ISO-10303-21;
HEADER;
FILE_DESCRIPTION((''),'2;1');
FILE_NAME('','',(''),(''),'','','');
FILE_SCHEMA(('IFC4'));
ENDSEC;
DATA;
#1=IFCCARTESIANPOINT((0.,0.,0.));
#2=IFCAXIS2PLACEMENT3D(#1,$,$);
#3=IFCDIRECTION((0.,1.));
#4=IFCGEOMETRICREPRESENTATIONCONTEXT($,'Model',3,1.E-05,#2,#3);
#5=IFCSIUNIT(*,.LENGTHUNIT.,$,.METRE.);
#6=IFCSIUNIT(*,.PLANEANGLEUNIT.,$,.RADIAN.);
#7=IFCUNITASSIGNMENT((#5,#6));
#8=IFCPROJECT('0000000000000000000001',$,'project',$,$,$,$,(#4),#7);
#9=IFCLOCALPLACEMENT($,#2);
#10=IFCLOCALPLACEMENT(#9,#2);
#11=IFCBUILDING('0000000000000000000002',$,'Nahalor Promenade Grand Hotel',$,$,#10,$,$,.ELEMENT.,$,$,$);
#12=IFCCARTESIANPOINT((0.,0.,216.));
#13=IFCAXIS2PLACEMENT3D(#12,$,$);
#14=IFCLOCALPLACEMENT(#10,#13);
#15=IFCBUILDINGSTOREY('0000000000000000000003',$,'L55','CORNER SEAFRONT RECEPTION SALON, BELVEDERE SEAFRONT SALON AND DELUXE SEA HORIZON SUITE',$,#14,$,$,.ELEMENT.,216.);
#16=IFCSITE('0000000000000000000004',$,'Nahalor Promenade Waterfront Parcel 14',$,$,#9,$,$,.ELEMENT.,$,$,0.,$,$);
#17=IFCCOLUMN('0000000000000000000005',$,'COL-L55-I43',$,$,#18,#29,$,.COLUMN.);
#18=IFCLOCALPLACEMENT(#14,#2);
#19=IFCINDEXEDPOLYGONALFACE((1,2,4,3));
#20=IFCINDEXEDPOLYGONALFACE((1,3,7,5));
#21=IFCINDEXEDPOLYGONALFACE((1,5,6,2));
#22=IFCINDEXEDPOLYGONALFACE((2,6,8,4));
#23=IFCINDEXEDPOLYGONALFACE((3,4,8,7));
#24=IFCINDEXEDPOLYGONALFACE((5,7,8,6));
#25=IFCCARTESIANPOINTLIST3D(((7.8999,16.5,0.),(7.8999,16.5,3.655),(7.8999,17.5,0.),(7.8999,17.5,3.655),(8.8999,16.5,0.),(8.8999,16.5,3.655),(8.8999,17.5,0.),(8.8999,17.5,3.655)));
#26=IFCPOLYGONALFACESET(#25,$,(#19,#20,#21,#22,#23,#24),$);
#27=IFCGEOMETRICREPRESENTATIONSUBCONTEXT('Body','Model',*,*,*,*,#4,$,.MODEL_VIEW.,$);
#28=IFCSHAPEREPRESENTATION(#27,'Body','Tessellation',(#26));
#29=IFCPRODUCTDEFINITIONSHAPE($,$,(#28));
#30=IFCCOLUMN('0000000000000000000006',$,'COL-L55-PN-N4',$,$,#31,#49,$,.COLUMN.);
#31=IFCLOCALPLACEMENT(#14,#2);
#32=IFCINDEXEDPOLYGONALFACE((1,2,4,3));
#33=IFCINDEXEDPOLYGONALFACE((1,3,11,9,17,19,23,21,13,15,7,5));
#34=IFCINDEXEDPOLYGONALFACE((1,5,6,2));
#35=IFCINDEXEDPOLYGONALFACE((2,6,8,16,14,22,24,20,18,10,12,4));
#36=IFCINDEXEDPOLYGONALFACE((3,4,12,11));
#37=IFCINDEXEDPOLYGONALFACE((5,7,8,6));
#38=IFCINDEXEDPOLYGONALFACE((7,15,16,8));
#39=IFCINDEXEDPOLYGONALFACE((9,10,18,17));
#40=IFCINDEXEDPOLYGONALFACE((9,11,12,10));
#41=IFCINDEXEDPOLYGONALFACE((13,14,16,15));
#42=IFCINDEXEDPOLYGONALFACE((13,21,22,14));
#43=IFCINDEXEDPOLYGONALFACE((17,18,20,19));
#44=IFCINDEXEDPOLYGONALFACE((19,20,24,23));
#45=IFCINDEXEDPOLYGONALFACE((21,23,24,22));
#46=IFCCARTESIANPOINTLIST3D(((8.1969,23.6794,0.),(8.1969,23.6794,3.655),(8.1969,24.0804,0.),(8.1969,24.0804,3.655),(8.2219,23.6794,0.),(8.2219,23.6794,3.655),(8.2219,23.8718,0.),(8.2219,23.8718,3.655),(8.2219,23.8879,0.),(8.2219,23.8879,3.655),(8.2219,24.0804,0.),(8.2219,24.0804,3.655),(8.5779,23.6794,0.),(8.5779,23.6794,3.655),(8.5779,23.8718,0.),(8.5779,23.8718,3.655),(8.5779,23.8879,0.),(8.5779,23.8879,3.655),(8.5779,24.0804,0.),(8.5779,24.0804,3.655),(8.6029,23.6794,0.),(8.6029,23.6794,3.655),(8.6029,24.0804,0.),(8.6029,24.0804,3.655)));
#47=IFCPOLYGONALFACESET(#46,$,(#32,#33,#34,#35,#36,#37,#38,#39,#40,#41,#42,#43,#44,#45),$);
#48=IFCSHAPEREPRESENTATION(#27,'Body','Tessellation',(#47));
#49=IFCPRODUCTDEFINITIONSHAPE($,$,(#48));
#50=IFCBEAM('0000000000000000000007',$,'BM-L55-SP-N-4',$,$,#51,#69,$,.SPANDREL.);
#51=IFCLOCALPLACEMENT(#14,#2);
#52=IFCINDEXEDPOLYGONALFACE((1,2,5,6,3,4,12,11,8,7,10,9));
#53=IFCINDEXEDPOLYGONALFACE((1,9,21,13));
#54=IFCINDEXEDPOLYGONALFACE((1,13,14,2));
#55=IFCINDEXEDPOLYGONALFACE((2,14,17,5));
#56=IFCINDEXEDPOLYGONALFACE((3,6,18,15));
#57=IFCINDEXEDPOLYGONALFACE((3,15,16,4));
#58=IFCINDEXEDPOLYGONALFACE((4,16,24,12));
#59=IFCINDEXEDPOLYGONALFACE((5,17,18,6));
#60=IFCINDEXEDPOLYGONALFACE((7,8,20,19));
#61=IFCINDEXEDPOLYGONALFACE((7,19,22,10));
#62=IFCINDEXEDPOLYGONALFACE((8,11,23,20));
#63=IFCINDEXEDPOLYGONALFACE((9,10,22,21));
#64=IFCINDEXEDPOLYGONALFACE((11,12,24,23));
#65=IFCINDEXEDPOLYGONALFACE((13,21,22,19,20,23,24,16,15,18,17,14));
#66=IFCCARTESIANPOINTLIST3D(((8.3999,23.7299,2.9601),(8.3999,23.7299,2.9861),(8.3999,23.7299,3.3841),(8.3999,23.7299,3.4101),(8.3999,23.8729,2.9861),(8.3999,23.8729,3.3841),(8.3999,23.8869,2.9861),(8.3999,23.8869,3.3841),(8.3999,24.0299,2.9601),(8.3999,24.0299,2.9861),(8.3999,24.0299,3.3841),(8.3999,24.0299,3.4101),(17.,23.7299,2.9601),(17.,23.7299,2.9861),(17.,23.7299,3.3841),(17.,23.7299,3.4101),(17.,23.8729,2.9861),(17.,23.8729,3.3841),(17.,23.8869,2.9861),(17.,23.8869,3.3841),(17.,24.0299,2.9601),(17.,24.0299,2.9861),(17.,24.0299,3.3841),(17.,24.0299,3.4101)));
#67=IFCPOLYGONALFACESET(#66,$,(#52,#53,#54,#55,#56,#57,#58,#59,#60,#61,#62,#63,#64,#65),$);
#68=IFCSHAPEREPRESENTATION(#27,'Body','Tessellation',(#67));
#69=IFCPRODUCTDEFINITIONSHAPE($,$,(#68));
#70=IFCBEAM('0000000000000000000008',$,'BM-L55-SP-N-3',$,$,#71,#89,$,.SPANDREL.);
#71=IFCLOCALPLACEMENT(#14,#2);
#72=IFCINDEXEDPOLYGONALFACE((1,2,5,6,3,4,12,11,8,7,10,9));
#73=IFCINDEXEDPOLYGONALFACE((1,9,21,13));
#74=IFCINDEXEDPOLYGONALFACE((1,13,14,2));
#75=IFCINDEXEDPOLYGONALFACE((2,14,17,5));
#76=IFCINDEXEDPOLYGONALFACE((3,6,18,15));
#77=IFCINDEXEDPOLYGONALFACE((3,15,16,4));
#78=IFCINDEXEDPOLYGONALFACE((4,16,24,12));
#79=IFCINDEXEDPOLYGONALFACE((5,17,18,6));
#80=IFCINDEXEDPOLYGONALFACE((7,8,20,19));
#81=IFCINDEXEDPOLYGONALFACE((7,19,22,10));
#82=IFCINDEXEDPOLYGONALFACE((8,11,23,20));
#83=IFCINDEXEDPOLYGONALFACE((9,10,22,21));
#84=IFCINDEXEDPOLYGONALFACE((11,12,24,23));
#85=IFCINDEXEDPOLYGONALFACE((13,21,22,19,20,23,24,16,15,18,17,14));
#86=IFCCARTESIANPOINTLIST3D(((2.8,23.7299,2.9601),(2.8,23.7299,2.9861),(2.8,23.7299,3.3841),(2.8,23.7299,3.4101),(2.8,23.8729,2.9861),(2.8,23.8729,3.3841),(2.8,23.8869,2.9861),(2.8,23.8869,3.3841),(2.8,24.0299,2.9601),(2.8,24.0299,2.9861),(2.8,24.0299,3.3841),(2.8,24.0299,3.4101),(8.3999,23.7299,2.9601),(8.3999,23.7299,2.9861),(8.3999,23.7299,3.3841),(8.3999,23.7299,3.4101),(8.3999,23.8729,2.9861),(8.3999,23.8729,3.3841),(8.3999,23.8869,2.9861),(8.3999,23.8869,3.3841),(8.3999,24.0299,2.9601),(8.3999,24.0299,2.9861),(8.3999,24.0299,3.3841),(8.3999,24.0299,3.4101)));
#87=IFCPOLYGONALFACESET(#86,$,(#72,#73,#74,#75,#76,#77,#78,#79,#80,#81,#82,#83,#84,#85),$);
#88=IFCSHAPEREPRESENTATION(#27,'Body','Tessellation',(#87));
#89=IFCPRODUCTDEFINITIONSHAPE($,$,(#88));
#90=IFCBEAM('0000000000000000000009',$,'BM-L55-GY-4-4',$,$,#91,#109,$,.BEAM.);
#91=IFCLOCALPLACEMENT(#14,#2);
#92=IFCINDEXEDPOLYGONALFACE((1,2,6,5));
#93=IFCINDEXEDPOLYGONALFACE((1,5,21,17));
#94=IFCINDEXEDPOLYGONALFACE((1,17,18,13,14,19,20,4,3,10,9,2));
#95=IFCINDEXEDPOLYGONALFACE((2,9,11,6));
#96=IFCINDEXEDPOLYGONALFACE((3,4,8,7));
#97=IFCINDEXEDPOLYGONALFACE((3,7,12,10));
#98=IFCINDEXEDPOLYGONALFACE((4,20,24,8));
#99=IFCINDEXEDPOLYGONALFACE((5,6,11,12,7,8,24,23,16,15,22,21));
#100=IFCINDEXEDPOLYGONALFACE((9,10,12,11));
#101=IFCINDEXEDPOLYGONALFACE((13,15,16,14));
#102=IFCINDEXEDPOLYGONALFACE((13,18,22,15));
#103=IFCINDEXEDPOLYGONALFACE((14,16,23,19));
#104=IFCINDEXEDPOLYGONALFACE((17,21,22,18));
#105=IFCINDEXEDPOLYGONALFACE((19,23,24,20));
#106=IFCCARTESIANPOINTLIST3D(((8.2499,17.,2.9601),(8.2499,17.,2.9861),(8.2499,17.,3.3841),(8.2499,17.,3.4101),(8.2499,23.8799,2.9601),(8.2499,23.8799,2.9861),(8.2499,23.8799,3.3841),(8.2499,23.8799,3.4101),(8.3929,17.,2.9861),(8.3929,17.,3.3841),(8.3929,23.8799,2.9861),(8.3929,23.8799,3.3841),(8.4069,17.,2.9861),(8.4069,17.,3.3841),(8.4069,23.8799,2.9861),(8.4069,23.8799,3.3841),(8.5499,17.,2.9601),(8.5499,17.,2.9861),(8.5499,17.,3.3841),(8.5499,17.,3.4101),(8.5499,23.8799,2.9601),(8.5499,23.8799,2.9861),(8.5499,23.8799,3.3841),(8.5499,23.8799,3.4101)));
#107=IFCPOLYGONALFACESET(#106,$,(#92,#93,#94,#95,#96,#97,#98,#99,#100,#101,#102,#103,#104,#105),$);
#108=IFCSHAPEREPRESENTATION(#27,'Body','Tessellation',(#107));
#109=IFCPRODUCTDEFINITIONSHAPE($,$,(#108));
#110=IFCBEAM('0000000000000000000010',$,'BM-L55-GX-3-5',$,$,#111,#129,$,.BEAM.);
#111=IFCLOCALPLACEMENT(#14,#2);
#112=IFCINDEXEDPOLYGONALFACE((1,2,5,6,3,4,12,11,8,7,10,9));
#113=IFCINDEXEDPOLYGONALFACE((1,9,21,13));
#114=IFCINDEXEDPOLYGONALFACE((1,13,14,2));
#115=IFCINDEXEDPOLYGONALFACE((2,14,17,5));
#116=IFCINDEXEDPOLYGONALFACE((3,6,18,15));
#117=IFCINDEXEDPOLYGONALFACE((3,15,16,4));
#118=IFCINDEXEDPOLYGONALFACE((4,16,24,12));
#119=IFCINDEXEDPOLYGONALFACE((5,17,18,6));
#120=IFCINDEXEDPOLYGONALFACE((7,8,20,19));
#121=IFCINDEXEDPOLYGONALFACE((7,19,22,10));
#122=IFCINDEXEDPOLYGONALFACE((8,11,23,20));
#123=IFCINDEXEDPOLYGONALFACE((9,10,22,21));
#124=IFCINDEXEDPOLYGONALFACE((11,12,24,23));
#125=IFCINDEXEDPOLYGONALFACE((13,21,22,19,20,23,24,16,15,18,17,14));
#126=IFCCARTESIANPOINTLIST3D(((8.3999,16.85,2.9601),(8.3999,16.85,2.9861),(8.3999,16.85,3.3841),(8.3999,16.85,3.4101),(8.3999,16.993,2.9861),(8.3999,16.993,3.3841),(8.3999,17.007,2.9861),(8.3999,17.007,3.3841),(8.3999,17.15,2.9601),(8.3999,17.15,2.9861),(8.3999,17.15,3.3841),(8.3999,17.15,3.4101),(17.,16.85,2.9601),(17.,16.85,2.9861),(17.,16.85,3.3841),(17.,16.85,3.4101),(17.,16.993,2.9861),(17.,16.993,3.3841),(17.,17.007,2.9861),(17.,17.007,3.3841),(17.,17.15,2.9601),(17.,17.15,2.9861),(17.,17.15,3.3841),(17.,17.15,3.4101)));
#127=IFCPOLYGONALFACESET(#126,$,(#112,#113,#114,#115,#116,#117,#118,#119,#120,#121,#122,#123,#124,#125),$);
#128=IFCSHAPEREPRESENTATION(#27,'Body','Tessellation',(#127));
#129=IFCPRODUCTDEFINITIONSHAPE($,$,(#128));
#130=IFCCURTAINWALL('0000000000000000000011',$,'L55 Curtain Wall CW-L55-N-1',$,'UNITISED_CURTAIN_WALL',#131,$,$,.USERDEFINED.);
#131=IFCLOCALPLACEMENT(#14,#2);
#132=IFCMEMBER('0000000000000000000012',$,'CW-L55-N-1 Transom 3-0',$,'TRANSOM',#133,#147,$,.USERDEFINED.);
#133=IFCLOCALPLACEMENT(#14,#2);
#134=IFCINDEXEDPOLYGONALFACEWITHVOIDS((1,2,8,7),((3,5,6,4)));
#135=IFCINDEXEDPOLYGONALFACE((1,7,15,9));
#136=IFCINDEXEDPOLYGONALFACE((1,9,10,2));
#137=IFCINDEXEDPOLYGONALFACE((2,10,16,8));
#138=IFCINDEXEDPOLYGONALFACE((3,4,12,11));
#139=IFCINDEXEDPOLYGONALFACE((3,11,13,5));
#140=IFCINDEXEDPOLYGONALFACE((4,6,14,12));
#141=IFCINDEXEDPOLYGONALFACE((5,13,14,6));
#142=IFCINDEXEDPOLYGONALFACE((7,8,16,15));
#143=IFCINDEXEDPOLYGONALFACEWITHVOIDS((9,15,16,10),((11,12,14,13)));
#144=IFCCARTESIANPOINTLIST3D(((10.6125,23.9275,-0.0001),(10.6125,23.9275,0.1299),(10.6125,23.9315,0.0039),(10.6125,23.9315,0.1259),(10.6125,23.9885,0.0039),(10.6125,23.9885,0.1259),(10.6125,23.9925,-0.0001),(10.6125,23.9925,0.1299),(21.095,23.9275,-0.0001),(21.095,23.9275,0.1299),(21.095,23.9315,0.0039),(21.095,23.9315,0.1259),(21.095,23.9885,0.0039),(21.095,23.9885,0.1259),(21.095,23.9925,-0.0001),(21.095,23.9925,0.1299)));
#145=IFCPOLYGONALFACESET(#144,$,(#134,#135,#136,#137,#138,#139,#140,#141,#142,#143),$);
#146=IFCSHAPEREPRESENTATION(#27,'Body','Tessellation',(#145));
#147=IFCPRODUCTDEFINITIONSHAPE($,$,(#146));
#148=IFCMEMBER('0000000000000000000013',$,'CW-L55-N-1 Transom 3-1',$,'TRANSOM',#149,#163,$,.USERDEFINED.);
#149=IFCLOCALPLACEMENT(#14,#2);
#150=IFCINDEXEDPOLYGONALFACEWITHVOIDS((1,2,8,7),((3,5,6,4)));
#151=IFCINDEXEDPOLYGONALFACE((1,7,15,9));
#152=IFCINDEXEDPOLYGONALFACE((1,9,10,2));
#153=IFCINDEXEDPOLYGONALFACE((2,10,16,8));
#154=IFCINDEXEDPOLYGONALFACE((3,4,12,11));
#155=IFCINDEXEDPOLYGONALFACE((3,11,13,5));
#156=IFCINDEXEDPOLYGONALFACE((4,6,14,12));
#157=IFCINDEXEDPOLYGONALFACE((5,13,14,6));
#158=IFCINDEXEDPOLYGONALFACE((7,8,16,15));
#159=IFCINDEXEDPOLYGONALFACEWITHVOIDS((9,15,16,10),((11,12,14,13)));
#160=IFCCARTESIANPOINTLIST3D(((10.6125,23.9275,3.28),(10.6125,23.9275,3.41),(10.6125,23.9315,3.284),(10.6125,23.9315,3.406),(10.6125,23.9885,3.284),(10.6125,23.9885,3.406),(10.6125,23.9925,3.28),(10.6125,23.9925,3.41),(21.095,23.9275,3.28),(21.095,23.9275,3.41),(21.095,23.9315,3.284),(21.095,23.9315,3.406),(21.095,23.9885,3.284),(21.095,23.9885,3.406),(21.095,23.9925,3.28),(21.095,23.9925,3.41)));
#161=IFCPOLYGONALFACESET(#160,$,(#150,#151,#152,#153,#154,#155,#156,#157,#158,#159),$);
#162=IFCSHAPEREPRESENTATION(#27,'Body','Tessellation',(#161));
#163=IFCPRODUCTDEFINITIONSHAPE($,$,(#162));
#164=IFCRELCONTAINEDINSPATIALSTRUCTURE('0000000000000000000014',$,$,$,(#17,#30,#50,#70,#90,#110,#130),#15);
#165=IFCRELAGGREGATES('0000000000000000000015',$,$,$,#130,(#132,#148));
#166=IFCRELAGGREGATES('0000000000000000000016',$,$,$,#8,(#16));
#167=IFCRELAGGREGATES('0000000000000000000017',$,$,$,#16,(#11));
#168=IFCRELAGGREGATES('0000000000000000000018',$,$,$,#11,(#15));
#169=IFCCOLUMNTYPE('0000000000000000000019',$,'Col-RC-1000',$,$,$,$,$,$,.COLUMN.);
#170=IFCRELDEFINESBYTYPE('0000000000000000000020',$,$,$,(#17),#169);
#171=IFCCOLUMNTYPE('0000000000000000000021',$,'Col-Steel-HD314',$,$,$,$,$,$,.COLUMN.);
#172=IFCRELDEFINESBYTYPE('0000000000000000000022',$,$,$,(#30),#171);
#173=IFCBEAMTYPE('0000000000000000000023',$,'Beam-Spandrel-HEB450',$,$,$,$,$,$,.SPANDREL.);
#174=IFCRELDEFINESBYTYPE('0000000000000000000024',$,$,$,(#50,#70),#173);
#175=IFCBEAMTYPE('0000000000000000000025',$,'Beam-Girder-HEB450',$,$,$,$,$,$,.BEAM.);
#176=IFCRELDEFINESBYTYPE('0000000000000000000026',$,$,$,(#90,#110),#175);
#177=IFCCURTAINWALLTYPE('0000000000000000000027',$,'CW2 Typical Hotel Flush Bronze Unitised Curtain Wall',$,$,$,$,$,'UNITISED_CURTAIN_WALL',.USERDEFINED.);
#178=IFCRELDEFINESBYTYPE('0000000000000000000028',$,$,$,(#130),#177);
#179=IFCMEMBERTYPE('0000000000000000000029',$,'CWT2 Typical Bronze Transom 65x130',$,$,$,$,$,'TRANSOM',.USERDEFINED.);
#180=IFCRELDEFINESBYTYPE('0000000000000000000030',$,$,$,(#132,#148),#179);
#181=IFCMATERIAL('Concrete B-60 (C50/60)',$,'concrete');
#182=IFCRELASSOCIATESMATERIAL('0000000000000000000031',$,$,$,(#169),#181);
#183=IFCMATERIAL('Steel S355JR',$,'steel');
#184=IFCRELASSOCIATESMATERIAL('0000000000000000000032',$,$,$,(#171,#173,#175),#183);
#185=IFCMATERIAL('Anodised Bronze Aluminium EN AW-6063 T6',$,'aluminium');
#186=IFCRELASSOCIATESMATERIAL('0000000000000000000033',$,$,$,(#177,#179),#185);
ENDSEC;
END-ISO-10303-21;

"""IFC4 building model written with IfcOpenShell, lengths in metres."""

from ifc_helpers import new_model, si_unit, direction, frame, origin, origin_2d, place, context, subcontext, project, spatial, rectangle, hollow_rectangle, i_section, extrude, source, transform, mapped, material, material_profile, profile_set, type_object, element, aggregate, save


model = new_model("IFC4")

# Units and contexts
model_context = context("Model", 3, precision=1e-05, world=origin(), true_north=direction((0.0, 1.0)))
body_context = subcontext(model_context, "Body", "Model", "MODEL_VIEW")
ifc_project = project(units=[si_unit("LENGTHUNIT", "METRE"), si_unit("PLANEANGLEUNIT", "RADIAN")], contexts=[model_context])

# Site, building, storey
site_placement = place(None, origin())
site = spatial("IfcSite", under=ifc_project, at=site_placement, Name="Nahalor Promenade Waterfront Parcel 14", CompositionType="ELEMENT", RefElevation=0.0)
building_placement = place(site_placement, origin())
building = spatial("IfcBuilding", under=site, at=building_placement, Name="Nahalor Promenade Grand Hotel", CompositionType="ELEMENT")
storey_placement = place(building_placement, frame((0.0, 0.0, 216.0)))
storey = spatial("IfcBuildingStorey", under=building, at=storey_placement, Name="L55", Description="CORNER SEAFRONT RECEPTION SALON, BELVEDERE SEAFRONT SALON AND DELUXE SEA HORIZON SUITE", CompositionType="ELEMENT", Elevation=216.0)

# Columns
ifc_material_1 = material(Name="Concrete B-60 (C50/60)", Category="concrete")
ifc_material_profile_1 = material_profile(ifc_material_1, rectangle(XDim=1.0, YDim=1.0, at=origin_2d()), Name="RC 1000x1000")
ifc_profile_set_1 = profile_set([ifc_material_profile_1], Name="Concrete B-60 (C50/60)")
column_type_1 = type_object("IfcColumnType", Name="Col-RC-1000", PredefinedType="COLUMN", material=ifc_profile_set_1)
shared_shape_1 = source(origin(), body_context, "Body", "SweptSolid", [
    extrude(rectangle(XDim=1.0, YDim=1.0, at=origin_2d()), origin(), (0.0, 0.0, 1.0), 3.655),
])
column_1_placement = place(storey_placement, frame((8.3999, 17.0, 0.0), z_axis=(0.0, 0.0, 1.0), x_axis=(1.0, 0.0, 0.0)))
element("IfcColumn", 1, at=column_1_placement, inside=storey, type_object=column_type_1, Name="COL-L55-I43", PredefinedType="COLUMN", context=body_context, shape_type="MappedRepresentation", body=[
    mapped(shared_shape_1, transform((0.0, 0.0, 0.0), scale=1.0)),
])
ifc_material_2 = material(Name="Steel S355JR", Category="steel")
ifc_material_profile_2 = material_profile(ifc_material_2, i_section(OverallWidth=0.401, OverallDepth=0.406, WebThickness=0.0161, FlangeThickness=0.025, at=origin_2d()), Name="HD 400x314")
ifc_profile_set_2 = profile_set([ifc_material_profile_2], Name="Steel S355JR")
column_type_2 = type_object("IfcColumnType", Name="Col-Steel-HD314", PredefinedType="COLUMN", material=ifc_profile_set_2)
shared_shape_2 = source(origin(), body_context, "Body", "SweptSolid", [
    extrude(i_section(OverallWidth=0.401, OverallDepth=0.406, WebThickness=0.0161, FlangeThickness=0.025, at=origin_2d()), origin(), (0.0, 0.0, 1.0), 3.655),
])
column_2_placement = place(storey_placement, frame((8.3999, 23.8799, 0.0), z_axis=(0.0, 0.0, 1.0), x_axis=(0.0, 1.0, 0.0)))
element("IfcColumn", 2, at=column_2_placement, inside=storey, type_object=column_type_2, Name="COL-L55-PN-N4", PredefinedType="COLUMN", context=body_context, shape_type="MappedRepresentation", body=[
    mapped(shared_shape_2, transform((0.0, 0.0, 0.0), scale=1.0)),
])

# Beams
ifc_material_profile_3 = material_profile(ifc_material_2, i_section(OverallWidth=0.3, OverallDepth=0.45, WebThickness=0.014, FlangeThickness=0.026, at=origin_2d()), Name="HEB 450")
ifc_profile_set_3 = profile_set([ifc_material_profile_3], Name="Steel S355JR")
beam_type_1 = type_object("IfcBeamType", Name="Beam-Spandrel-HEB450", PredefinedType="SPANDREL", material=ifc_profile_set_3)
shared_shape_3 = source(origin(), body_context, "Body", "SweptSolid", [
    extrude(i_section(OverallWidth=0.3, OverallDepth=0.45, WebThickness=0.014, FlangeThickness=0.026, at=origin_2d()), origin(), (0.0, 0.0, 1.0), 8.6001),
])
beam_1_placement = place(storey_placement, frame((8.3999, 23.8799, 3.1851), z_axis=(1.0, 0.0, 0.0), x_axis=(0.0, 1.0, 0.0)))
element("IfcBeam", 3, at=beam_1_placement, inside=storey, type_object=beam_type_1, Name="BM-L55-SP-N-4", PredefinedType="SPANDREL", context=body_context, shape_type="MappedRepresentation", body=[
    mapped(shared_shape_3, transform((0.0, 0.0, 0.0), scale=1.0)),
])
shared_shape_4 = source(origin(), body_context, "Body", "SweptSolid", [
    extrude(i_section(OverallWidth=0.3, OverallDepth=0.45, WebThickness=0.014, FlangeThickness=0.026, at=origin_2d()), origin(), (0.0, 0.0, 1.0), 5.5999),
])
beam_2_placement = place(storey_placement, frame((2.8, 23.8799, 3.1851), z_axis=(1.0, 0.0, 0.0), x_axis=(0.0, 1.0, 0.0)))
element("IfcBeam", 4, at=beam_2_placement, inside=storey, type_object=beam_type_1, Name="BM-L55-SP-N-3", PredefinedType="SPANDREL", context=body_context, shape_type="MappedRepresentation", body=[
    mapped(shared_shape_4, transform((0.0, 0.0, 0.0), scale=1.0)),
])
ifc_material_profile_4 = material_profile(ifc_material_2, i_section(OverallWidth=0.3, OverallDepth=0.45, WebThickness=0.014, FlangeThickness=0.026, at=origin_2d()), Name="HEB 450")
ifc_profile_set_4 = profile_set([ifc_material_profile_4], Name="Steel S355JR")
beam_type_2 = type_object("IfcBeamType", Name="Beam-Girder-HEB450", PredefinedType="BEAM", material=ifc_profile_set_4)
shared_shape_5 = source(origin(), body_context, "Body", "SweptSolid", [
    extrude(i_section(OverallWidth=0.3, OverallDepth=0.45, WebThickness=0.014, FlangeThickness=0.026, at=origin_2d()), origin(), (0.0, 0.0, 1.0), 6.8799),
])
beam_3_placement = place(storey_placement, frame((8.3999, 17.0, 3.1851), z_axis=(0.0, 1.0, 0.0), x_axis=(-1.0, 0.0, 0.0)))
element("IfcBeam", 5, at=beam_3_placement, inside=storey, type_object=beam_type_2, Name="BM-L55-GY-4-4", PredefinedType="BEAM", context=body_context, shape_type="MappedRepresentation", body=[
    mapped(shared_shape_5, transform((0.0, 0.0, 0.0), scale=1.0)),
])
shared_shape_6 = source(origin(), body_context, "Body", "SweptSolid", [
    extrude(i_section(OverallWidth=0.3, OverallDepth=0.45, WebThickness=0.014, FlangeThickness=0.026, at=origin_2d()), origin(), (0.0, 0.0, 1.0), 8.6001),
])
beam_4_placement = place(storey_placement, frame((8.3999, 17.0, 3.1851), z_axis=(1.0, 0.0, 0.0), x_axis=(0.0, 1.0, 0.0)))
element("IfcBeam", 6, at=beam_4_placement, inside=storey, type_object=beam_type_2, Name="BM-L55-GX-3-5", PredefinedType="BEAM", context=body_context, shape_type="MappedRepresentation", body=[
    mapped(shared_shape_6, transform((0.0, 0.0, 0.0), scale=1.0)),
])

# Curtain wall, members
ifc_material_3 = material(Name="Anodised Bronze Aluminium EN AW-6063 T6", Category="aluminium")
curtain_wall_type = type_object("IfcCurtainWallType", Name="CW2 Typical Hotel Flush Bronze Unitised Curtain Wall", ElementType="UNITISED_CURTAIN_WALL", PredefinedType="USERDEFINED", material=ifc_material_3)
curtain_wall_placement = place(storey_placement, origin())
curtain_wall = element("IfcCurtainWall", 7, at=curtain_wall_placement, inside=storey, type_object=curtain_wall_type, Name="L55 Curtain Wall CW-L55-N-1", ObjectType="UNITISED_CURTAIN_WALL", PredefinedType="USERDEFINED")
ifc_material_profile_5 = material_profile(ifc_material_3, hollow_rectangle(XDim=0.065, YDim=0.13, WallThickness=0.004, at=origin_2d()), Name="CWT 65x130x4")
ifc_profile_set_5 = profile_set([ifc_material_profile_5], Name="Anodised Bronze Aluminium EN AW-6063 T6")
member_type_1 = type_object("IfcMemberType", Name="CWT2 Typical Bronze Transom 65x130", ElementType="TRANSOM", PredefinedType="USERDEFINED", material=ifc_profile_set_5)
shared_shape_7 = source(origin(), body_context, "Body", "SweptSolid", [
    extrude(hollow_rectangle(XDim=0.065, YDim=0.13, WallThickness=0.004, at=origin_2d()), origin(), (0.0, 0.0, 1.0), 10.4824),
])
member_1_placement = place(storey_placement, frame((10.6125, 23.96, 0.0649), z_axis=(1.0, 0.0, 0.0), x_axis=(0.0, 1.0, 0.0)))
member_1 = element("IfcMember", 8, at=member_1_placement, type_object=member_type_1, Name="CW-L55-N-1 Transom 3-0", ObjectType="TRANSOM", PredefinedType="USERDEFINED", context=body_context, shape_type="MappedRepresentation", body=[
    mapped(shared_shape_7, transform((0.0, 0.0, 0.0), scale=1.0)),
])
member_2_placement = place(storey_placement, frame((10.6125, 23.96, 3.345), z_axis=(1.0, 0.0, 0.0), x_axis=(0.0, 1.0, 0.0)))
member_2 = element("IfcMember", 9, at=member_2_placement, type_object=member_type_1, Name="CW-L55-N-1 Transom 3-1", ObjectType="TRANSOM", PredefinedType="USERDEFINED", context=body_context, shape_type="MappedRepresentation", body=[
    mapped(shared_shape_7, transform((0.0, 0.0, 0.0), scale=1.0)),
])
aggregate(curtain_wall, [member_1, member_2])

save(model, "model.ifc")
